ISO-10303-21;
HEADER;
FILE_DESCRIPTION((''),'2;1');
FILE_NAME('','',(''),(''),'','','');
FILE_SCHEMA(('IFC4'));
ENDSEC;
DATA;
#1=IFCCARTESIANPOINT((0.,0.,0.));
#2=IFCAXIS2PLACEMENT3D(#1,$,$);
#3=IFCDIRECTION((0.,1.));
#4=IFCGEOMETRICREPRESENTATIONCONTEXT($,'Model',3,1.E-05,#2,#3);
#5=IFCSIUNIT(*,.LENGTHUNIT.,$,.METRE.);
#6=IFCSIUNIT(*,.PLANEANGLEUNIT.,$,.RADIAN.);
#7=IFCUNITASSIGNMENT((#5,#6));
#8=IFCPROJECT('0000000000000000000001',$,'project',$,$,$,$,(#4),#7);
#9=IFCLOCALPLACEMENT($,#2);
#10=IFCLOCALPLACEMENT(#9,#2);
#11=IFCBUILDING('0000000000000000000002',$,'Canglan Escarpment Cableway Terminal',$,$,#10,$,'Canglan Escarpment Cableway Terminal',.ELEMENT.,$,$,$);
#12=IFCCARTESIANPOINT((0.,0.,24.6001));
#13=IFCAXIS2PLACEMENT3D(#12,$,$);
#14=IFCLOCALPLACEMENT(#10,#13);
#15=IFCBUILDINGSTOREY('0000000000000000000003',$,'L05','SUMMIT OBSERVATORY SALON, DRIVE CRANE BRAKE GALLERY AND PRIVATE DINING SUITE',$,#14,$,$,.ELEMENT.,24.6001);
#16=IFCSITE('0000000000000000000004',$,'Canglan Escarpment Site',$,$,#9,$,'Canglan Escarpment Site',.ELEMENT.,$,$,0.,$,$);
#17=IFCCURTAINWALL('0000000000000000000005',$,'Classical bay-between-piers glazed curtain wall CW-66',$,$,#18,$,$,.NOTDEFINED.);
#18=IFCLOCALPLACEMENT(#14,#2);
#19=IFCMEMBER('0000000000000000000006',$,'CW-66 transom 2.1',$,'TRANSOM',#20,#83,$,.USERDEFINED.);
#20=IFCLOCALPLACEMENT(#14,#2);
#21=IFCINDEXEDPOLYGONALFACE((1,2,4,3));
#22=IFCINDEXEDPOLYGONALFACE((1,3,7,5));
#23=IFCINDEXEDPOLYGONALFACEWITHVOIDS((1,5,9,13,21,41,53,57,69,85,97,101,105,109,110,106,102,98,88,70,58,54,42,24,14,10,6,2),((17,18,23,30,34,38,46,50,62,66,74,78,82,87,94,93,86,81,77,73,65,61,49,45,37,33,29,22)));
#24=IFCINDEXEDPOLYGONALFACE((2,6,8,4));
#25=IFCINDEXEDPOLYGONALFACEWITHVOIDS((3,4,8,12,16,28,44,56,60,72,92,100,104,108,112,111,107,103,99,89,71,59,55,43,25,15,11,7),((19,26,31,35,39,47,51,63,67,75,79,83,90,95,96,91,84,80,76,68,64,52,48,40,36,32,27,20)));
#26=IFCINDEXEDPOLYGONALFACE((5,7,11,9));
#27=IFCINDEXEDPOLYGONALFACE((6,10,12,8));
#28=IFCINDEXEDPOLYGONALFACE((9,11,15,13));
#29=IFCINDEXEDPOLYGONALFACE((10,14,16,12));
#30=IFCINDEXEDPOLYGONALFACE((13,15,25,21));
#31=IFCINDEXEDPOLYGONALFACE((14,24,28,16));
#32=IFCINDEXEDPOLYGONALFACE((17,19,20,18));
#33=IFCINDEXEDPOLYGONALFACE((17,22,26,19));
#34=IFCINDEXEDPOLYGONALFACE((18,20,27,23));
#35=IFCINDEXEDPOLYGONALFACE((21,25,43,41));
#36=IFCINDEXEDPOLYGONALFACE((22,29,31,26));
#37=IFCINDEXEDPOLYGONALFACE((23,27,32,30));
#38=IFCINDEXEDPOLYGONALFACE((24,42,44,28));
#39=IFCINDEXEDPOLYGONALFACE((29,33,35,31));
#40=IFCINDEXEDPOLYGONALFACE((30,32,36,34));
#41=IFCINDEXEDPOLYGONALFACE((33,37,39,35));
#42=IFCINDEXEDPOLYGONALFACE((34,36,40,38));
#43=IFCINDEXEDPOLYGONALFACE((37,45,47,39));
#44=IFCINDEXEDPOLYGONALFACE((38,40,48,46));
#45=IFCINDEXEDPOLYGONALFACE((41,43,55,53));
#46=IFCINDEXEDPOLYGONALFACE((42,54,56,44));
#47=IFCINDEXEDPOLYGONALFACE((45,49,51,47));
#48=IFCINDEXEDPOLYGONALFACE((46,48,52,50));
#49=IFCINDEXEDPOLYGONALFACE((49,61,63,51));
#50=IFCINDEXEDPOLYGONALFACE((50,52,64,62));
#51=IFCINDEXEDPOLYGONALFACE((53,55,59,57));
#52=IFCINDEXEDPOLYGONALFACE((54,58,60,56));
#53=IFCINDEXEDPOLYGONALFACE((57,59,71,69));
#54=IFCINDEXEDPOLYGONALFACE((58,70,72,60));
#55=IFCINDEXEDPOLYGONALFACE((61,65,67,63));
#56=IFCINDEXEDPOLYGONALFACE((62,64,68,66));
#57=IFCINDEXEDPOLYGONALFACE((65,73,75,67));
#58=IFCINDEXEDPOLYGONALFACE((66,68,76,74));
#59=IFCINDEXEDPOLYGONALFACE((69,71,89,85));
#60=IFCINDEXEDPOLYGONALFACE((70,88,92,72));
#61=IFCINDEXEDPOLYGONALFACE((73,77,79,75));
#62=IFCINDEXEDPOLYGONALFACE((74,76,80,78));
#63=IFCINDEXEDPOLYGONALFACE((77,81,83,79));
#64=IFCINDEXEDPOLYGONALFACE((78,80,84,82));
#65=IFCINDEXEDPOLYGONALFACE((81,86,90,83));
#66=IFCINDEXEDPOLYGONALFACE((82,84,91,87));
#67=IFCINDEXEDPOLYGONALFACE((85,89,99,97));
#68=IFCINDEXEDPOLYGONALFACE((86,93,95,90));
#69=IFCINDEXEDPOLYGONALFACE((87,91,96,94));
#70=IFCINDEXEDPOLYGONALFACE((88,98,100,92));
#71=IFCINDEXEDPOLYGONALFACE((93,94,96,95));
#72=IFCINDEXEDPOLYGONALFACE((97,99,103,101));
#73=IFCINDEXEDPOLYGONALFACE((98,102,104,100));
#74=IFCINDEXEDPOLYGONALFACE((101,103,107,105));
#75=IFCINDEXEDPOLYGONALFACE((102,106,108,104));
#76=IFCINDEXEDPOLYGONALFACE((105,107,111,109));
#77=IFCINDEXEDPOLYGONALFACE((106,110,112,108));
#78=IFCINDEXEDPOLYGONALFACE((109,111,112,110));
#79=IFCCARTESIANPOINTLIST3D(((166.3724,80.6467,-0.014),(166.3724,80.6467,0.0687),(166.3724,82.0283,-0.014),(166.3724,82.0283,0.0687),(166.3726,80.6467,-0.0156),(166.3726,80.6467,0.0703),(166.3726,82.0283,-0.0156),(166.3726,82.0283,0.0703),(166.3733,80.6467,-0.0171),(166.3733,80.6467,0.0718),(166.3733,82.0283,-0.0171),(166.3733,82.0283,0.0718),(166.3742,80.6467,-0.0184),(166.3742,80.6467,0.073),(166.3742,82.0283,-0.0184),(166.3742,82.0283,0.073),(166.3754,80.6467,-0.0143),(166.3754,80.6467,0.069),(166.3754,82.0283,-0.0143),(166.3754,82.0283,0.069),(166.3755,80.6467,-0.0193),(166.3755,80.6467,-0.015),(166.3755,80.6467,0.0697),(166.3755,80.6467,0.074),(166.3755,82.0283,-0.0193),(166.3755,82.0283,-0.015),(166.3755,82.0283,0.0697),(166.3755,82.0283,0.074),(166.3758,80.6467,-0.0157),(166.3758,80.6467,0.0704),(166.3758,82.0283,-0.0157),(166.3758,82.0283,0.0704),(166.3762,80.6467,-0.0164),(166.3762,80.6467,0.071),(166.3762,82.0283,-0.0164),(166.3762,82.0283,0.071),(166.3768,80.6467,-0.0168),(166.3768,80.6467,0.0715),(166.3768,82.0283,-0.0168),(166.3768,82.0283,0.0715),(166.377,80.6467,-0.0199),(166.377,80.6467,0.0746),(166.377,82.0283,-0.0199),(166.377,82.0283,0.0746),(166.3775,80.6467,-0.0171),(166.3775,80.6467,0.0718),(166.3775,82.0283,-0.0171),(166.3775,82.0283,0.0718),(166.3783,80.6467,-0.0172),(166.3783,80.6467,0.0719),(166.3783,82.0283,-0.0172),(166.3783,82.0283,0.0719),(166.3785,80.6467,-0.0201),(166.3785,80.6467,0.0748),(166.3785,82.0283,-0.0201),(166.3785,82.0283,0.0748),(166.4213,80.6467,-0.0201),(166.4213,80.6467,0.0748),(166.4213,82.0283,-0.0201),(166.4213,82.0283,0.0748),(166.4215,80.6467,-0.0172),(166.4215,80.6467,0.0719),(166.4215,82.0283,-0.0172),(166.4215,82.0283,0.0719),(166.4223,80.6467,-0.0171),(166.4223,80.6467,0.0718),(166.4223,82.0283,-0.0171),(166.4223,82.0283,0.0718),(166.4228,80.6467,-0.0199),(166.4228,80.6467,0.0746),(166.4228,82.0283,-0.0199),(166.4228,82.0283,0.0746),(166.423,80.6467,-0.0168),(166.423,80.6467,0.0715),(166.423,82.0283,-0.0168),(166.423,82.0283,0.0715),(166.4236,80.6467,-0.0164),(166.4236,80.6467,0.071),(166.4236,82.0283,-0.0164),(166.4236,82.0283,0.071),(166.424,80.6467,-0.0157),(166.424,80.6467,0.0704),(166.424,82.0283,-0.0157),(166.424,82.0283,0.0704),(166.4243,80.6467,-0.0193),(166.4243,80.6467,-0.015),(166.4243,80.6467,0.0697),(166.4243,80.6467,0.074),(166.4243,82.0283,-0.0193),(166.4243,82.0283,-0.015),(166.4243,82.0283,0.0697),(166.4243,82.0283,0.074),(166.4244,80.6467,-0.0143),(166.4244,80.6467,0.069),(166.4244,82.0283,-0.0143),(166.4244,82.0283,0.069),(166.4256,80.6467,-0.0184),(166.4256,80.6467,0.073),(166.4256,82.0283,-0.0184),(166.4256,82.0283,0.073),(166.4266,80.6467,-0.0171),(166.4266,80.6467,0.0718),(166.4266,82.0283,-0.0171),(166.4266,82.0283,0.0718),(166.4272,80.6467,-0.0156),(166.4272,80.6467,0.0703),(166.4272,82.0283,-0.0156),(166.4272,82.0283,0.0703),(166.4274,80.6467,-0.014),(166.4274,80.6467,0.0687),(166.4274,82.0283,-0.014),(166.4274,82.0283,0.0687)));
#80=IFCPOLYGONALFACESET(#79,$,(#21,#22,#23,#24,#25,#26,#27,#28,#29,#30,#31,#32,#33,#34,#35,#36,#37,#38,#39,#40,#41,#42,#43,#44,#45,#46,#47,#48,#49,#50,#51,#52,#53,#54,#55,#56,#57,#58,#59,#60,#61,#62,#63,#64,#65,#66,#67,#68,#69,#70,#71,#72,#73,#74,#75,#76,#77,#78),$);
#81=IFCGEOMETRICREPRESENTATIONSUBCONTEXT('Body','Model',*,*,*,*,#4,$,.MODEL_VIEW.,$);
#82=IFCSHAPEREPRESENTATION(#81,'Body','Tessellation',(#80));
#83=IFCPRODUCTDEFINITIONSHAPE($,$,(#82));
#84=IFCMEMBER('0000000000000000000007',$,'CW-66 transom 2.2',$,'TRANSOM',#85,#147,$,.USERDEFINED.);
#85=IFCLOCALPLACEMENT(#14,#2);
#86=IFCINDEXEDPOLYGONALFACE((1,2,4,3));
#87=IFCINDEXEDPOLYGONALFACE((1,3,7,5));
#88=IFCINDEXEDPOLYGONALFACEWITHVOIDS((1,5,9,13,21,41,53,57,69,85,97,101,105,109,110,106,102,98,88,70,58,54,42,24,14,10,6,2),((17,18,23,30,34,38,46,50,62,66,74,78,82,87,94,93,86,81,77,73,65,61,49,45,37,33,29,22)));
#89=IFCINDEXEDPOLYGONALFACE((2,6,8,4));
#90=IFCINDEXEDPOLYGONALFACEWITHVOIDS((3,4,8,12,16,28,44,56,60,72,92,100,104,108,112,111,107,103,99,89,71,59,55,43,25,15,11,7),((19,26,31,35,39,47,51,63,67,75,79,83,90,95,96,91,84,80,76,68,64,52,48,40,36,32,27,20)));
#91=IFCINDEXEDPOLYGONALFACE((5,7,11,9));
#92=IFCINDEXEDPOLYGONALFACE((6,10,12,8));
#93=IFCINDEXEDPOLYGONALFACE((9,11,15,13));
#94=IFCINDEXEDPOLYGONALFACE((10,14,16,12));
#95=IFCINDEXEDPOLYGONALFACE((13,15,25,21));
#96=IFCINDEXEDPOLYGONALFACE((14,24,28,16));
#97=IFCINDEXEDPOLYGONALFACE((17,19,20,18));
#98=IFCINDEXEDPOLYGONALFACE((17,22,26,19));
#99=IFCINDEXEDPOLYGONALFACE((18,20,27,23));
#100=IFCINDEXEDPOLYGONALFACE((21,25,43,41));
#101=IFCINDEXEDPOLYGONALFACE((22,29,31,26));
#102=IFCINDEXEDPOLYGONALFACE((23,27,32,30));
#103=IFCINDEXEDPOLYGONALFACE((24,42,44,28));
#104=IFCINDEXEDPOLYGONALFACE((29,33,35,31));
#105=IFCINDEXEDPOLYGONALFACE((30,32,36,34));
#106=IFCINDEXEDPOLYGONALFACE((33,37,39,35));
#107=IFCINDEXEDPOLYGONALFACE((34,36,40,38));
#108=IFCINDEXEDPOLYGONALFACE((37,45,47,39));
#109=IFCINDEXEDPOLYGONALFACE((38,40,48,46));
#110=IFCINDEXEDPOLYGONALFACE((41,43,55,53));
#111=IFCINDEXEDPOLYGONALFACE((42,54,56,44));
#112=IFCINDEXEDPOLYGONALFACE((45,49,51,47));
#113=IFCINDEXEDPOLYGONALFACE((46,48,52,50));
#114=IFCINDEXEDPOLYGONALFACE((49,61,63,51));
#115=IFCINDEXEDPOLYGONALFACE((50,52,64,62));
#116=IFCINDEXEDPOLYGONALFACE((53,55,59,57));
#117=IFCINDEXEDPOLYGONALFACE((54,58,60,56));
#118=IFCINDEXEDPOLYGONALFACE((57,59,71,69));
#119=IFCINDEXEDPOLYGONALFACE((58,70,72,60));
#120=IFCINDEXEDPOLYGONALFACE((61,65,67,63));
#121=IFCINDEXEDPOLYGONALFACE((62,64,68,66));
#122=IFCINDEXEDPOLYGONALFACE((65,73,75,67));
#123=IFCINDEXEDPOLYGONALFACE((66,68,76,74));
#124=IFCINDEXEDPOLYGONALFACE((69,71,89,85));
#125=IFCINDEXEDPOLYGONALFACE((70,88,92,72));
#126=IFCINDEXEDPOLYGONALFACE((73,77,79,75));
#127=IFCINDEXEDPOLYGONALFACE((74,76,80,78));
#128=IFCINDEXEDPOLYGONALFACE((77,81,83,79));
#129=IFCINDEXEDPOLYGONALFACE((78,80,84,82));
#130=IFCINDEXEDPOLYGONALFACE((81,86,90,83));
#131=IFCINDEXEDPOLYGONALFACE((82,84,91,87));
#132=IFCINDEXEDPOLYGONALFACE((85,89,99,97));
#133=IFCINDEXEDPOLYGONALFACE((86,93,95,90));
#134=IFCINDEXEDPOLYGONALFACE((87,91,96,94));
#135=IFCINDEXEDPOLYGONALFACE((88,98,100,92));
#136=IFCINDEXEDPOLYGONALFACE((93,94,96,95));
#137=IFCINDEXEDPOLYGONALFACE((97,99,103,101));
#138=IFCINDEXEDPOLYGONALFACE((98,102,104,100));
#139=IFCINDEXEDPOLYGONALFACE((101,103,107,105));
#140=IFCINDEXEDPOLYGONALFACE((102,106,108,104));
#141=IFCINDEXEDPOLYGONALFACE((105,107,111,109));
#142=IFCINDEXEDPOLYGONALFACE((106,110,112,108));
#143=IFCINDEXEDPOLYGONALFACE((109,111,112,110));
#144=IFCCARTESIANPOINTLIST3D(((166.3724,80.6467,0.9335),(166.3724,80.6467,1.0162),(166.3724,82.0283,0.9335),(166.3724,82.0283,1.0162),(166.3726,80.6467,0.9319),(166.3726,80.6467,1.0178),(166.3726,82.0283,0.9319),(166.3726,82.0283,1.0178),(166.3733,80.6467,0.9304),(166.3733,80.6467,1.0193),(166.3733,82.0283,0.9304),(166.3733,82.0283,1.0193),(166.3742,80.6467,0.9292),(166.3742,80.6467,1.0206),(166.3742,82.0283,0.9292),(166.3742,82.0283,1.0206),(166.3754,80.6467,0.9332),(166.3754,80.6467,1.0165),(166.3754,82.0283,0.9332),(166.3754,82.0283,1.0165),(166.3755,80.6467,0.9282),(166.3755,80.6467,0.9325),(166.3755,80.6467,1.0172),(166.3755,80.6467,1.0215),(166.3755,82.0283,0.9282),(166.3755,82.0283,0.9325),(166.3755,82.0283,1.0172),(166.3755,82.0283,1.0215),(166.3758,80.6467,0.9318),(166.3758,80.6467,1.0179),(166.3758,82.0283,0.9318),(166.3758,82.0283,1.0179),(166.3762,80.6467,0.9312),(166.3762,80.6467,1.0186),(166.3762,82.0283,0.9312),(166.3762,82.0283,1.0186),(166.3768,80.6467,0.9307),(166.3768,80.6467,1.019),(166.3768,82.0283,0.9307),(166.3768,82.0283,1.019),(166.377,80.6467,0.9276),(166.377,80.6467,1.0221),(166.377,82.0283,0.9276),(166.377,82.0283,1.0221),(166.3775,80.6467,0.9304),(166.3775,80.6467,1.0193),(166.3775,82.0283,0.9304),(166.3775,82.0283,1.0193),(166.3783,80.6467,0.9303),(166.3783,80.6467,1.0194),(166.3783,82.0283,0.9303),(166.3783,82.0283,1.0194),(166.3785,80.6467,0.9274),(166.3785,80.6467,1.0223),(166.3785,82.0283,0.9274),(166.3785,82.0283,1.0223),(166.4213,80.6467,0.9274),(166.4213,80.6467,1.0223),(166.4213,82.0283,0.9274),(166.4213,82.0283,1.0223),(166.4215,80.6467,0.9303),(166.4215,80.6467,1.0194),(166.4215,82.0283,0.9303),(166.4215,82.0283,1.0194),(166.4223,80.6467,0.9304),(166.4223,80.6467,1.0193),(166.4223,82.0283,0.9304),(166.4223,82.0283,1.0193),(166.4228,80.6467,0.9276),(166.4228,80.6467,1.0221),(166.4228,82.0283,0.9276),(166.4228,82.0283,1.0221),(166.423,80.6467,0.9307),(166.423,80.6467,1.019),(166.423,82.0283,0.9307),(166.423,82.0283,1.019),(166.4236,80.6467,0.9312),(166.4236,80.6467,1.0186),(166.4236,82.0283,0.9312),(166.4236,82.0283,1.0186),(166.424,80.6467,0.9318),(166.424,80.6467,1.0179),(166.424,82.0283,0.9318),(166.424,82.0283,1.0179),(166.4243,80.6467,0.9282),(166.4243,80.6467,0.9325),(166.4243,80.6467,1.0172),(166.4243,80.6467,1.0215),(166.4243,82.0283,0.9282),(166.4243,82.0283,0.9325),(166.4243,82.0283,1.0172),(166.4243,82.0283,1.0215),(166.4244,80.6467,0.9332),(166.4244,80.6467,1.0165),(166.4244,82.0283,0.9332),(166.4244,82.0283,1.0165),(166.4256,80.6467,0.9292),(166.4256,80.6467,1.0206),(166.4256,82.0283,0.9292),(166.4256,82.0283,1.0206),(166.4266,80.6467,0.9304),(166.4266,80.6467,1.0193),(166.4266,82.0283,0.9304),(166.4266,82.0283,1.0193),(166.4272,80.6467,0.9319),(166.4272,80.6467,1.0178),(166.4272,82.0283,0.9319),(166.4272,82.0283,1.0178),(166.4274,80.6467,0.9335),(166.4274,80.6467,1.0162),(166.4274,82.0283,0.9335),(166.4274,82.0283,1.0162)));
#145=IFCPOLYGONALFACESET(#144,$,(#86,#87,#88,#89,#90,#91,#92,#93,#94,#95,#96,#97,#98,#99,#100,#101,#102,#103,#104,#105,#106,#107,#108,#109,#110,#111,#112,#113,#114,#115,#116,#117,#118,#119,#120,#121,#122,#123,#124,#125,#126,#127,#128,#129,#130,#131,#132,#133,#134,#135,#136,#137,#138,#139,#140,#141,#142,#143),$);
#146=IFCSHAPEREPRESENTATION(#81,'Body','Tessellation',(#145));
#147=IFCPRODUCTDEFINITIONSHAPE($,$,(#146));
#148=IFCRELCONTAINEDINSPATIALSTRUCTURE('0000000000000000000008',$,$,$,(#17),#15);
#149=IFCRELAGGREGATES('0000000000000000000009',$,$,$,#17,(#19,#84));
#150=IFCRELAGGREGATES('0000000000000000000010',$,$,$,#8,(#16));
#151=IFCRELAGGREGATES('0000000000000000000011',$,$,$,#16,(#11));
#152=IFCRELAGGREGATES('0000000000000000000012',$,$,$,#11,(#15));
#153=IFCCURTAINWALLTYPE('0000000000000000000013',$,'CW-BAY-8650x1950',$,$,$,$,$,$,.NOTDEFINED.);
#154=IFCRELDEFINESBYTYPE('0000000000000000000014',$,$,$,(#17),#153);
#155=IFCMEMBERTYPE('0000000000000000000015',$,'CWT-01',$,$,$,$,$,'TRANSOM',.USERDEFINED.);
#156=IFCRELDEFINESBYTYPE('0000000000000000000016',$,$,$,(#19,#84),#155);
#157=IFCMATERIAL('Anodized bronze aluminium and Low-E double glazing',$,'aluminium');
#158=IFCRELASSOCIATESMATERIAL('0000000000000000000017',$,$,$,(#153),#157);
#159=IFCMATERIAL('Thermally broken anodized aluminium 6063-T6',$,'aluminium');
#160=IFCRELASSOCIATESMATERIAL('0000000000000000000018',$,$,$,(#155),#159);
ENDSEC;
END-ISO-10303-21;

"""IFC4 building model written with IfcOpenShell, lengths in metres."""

from ifc_helpers import new_model, si_unit, direction, frame, origin, origin_2d, place, context, subcontext, project, spatial, hollow_rectangle, extrude, material, material_profile, profile_set, type_object, element, aggregate, save


model = new_model("IFC4")

# Units and contexts
model_context = context("Model", 3, precision=1e-05, world=origin(), true_north=direction((0.0, 1.0)))
body_context = subcontext(model_context, "Body", "Model", "MODEL_VIEW")
ifc_project = project(units=[si_unit("LENGTHUNIT", "METRE"), si_unit("PLANEANGLEUNIT", "RADIAN")], contexts=[model_context])

# Site, building, storey
site_placement = place(None, origin())
site = spatial("IfcSite", under=ifc_project, at=site_placement, Name="Canglan Escarpment Site", LongName="Canglan Escarpment Site", CompositionType="ELEMENT", RefElevation=0.0)
building_placement = place(site_placement, origin())
building = spatial("IfcBuilding", under=site, at=building_placement, Name="Canglan Escarpment Cableway Terminal", LongName="Canglan Escarpment Cableway Terminal", CompositionType="ELEMENT")
storey_placement = place(building_placement, frame((0.0, 0.0, 24.6001)))
storey = spatial("IfcBuildingStorey", under=building, at=storey_placement, Name="L05", Description="SUMMIT OBSERVATORY SALON, DRIVE CRANE BRAKE GALLERY AND PRIVATE DINING SUITE", CompositionType="ELEMENT", Elevation=24.6001)

# Curtain wall
ifc_material_1 = material(Name="Anodized bronze aluminium and Low-E double glazing", Category="aluminium")
curtain_wall_type = type_object("IfcCurtainWallType", Name="CW-BAY-8650x1950", PredefinedType="NOTDEFINED", material=ifc_material_1)
curtain_wall_1_placement = place(storey_placement, origin())
curtain_wall_1 = element("IfcCurtainWall", 1, at=curtain_wall_1_placement, inside=storey, type_object=curtain_wall_type, Name="Classical bay-between-piers glazed curtain wall CW-66", PredefinedType="NOTDEFINED")
ifc_material_2 = material(Name="Thermally broken anodized aluminium 6063-T6", Category="aluminium")

# Members
ifc_material_profile_1 = material_profile(ifc_material_2, hollow_rectangle(XDim=0.0549, YDim=0.095, WallThickness=0.0029, InnerFilletRadius=0.0029, OuterFilletRadius=0.0061, at=origin_2d()), Name="ALU-TRAN 55x95x3")
ifc_profile_set_1 = profile_set([ifc_material_profile_1], Name="Thermally broken anodized aluminium 6063-T6")
member_type_1 = type_object("IfcMemberType", Name="CWT-01", ElementType="TRANSOM", PredefinedType="USERDEFINED", material=ifc_profile_set_1)
member_1_placement = place(storey_placement, frame((166.3999, 80.6467, 0.0273), z_axis=(0.0, 1.0, 0.0), x_axis=(-1.0, 0.0, 0.0)))
member_1 = element("IfcMember", 2, at=member_1_placement, type_object=member_type_1, Name="CW-66 transom 2.1", ObjectType="TRANSOM", PredefinedType="USERDEFINED", context=body_context, shape_type="SweptSolid", body=[
    extrude(hollow_rectangle(XDim=0.0549, YDim=0.095, WallThickness=0.0029, InnerFilletRadius=0.0029, OuterFilletRadius=0.0061, at=origin_2d()), origin(), (0.0, 0.0, 1.0), 1.3816),
])
member_2_placement = place(storey_placement, frame((166.3999, 80.6467, 0.9749), z_axis=(0.0, 1.0, 0.0), x_axis=(-1.0, 0.0, 0.0)))
member_2 = element("IfcMember", 3, at=member_2_placement, type_object=member_type_1, Name="CW-66 transom 2.2", ObjectType="TRANSOM", PredefinedType="USERDEFINED", context=body_context, shape_type="SweptSolid", body=[
    extrude(hollow_rectangle(XDim=0.0549, YDim=0.095, WallThickness=0.0029, InnerFilletRadius=0.0029, OuterFilletRadius=0.0061, at=origin_2d()), origin(), (0.0, 0.0, 1.0), 1.3816),
])

aggregate(curtain_wall_1, [member_1, member_2])

save(model, "model.ifc")
